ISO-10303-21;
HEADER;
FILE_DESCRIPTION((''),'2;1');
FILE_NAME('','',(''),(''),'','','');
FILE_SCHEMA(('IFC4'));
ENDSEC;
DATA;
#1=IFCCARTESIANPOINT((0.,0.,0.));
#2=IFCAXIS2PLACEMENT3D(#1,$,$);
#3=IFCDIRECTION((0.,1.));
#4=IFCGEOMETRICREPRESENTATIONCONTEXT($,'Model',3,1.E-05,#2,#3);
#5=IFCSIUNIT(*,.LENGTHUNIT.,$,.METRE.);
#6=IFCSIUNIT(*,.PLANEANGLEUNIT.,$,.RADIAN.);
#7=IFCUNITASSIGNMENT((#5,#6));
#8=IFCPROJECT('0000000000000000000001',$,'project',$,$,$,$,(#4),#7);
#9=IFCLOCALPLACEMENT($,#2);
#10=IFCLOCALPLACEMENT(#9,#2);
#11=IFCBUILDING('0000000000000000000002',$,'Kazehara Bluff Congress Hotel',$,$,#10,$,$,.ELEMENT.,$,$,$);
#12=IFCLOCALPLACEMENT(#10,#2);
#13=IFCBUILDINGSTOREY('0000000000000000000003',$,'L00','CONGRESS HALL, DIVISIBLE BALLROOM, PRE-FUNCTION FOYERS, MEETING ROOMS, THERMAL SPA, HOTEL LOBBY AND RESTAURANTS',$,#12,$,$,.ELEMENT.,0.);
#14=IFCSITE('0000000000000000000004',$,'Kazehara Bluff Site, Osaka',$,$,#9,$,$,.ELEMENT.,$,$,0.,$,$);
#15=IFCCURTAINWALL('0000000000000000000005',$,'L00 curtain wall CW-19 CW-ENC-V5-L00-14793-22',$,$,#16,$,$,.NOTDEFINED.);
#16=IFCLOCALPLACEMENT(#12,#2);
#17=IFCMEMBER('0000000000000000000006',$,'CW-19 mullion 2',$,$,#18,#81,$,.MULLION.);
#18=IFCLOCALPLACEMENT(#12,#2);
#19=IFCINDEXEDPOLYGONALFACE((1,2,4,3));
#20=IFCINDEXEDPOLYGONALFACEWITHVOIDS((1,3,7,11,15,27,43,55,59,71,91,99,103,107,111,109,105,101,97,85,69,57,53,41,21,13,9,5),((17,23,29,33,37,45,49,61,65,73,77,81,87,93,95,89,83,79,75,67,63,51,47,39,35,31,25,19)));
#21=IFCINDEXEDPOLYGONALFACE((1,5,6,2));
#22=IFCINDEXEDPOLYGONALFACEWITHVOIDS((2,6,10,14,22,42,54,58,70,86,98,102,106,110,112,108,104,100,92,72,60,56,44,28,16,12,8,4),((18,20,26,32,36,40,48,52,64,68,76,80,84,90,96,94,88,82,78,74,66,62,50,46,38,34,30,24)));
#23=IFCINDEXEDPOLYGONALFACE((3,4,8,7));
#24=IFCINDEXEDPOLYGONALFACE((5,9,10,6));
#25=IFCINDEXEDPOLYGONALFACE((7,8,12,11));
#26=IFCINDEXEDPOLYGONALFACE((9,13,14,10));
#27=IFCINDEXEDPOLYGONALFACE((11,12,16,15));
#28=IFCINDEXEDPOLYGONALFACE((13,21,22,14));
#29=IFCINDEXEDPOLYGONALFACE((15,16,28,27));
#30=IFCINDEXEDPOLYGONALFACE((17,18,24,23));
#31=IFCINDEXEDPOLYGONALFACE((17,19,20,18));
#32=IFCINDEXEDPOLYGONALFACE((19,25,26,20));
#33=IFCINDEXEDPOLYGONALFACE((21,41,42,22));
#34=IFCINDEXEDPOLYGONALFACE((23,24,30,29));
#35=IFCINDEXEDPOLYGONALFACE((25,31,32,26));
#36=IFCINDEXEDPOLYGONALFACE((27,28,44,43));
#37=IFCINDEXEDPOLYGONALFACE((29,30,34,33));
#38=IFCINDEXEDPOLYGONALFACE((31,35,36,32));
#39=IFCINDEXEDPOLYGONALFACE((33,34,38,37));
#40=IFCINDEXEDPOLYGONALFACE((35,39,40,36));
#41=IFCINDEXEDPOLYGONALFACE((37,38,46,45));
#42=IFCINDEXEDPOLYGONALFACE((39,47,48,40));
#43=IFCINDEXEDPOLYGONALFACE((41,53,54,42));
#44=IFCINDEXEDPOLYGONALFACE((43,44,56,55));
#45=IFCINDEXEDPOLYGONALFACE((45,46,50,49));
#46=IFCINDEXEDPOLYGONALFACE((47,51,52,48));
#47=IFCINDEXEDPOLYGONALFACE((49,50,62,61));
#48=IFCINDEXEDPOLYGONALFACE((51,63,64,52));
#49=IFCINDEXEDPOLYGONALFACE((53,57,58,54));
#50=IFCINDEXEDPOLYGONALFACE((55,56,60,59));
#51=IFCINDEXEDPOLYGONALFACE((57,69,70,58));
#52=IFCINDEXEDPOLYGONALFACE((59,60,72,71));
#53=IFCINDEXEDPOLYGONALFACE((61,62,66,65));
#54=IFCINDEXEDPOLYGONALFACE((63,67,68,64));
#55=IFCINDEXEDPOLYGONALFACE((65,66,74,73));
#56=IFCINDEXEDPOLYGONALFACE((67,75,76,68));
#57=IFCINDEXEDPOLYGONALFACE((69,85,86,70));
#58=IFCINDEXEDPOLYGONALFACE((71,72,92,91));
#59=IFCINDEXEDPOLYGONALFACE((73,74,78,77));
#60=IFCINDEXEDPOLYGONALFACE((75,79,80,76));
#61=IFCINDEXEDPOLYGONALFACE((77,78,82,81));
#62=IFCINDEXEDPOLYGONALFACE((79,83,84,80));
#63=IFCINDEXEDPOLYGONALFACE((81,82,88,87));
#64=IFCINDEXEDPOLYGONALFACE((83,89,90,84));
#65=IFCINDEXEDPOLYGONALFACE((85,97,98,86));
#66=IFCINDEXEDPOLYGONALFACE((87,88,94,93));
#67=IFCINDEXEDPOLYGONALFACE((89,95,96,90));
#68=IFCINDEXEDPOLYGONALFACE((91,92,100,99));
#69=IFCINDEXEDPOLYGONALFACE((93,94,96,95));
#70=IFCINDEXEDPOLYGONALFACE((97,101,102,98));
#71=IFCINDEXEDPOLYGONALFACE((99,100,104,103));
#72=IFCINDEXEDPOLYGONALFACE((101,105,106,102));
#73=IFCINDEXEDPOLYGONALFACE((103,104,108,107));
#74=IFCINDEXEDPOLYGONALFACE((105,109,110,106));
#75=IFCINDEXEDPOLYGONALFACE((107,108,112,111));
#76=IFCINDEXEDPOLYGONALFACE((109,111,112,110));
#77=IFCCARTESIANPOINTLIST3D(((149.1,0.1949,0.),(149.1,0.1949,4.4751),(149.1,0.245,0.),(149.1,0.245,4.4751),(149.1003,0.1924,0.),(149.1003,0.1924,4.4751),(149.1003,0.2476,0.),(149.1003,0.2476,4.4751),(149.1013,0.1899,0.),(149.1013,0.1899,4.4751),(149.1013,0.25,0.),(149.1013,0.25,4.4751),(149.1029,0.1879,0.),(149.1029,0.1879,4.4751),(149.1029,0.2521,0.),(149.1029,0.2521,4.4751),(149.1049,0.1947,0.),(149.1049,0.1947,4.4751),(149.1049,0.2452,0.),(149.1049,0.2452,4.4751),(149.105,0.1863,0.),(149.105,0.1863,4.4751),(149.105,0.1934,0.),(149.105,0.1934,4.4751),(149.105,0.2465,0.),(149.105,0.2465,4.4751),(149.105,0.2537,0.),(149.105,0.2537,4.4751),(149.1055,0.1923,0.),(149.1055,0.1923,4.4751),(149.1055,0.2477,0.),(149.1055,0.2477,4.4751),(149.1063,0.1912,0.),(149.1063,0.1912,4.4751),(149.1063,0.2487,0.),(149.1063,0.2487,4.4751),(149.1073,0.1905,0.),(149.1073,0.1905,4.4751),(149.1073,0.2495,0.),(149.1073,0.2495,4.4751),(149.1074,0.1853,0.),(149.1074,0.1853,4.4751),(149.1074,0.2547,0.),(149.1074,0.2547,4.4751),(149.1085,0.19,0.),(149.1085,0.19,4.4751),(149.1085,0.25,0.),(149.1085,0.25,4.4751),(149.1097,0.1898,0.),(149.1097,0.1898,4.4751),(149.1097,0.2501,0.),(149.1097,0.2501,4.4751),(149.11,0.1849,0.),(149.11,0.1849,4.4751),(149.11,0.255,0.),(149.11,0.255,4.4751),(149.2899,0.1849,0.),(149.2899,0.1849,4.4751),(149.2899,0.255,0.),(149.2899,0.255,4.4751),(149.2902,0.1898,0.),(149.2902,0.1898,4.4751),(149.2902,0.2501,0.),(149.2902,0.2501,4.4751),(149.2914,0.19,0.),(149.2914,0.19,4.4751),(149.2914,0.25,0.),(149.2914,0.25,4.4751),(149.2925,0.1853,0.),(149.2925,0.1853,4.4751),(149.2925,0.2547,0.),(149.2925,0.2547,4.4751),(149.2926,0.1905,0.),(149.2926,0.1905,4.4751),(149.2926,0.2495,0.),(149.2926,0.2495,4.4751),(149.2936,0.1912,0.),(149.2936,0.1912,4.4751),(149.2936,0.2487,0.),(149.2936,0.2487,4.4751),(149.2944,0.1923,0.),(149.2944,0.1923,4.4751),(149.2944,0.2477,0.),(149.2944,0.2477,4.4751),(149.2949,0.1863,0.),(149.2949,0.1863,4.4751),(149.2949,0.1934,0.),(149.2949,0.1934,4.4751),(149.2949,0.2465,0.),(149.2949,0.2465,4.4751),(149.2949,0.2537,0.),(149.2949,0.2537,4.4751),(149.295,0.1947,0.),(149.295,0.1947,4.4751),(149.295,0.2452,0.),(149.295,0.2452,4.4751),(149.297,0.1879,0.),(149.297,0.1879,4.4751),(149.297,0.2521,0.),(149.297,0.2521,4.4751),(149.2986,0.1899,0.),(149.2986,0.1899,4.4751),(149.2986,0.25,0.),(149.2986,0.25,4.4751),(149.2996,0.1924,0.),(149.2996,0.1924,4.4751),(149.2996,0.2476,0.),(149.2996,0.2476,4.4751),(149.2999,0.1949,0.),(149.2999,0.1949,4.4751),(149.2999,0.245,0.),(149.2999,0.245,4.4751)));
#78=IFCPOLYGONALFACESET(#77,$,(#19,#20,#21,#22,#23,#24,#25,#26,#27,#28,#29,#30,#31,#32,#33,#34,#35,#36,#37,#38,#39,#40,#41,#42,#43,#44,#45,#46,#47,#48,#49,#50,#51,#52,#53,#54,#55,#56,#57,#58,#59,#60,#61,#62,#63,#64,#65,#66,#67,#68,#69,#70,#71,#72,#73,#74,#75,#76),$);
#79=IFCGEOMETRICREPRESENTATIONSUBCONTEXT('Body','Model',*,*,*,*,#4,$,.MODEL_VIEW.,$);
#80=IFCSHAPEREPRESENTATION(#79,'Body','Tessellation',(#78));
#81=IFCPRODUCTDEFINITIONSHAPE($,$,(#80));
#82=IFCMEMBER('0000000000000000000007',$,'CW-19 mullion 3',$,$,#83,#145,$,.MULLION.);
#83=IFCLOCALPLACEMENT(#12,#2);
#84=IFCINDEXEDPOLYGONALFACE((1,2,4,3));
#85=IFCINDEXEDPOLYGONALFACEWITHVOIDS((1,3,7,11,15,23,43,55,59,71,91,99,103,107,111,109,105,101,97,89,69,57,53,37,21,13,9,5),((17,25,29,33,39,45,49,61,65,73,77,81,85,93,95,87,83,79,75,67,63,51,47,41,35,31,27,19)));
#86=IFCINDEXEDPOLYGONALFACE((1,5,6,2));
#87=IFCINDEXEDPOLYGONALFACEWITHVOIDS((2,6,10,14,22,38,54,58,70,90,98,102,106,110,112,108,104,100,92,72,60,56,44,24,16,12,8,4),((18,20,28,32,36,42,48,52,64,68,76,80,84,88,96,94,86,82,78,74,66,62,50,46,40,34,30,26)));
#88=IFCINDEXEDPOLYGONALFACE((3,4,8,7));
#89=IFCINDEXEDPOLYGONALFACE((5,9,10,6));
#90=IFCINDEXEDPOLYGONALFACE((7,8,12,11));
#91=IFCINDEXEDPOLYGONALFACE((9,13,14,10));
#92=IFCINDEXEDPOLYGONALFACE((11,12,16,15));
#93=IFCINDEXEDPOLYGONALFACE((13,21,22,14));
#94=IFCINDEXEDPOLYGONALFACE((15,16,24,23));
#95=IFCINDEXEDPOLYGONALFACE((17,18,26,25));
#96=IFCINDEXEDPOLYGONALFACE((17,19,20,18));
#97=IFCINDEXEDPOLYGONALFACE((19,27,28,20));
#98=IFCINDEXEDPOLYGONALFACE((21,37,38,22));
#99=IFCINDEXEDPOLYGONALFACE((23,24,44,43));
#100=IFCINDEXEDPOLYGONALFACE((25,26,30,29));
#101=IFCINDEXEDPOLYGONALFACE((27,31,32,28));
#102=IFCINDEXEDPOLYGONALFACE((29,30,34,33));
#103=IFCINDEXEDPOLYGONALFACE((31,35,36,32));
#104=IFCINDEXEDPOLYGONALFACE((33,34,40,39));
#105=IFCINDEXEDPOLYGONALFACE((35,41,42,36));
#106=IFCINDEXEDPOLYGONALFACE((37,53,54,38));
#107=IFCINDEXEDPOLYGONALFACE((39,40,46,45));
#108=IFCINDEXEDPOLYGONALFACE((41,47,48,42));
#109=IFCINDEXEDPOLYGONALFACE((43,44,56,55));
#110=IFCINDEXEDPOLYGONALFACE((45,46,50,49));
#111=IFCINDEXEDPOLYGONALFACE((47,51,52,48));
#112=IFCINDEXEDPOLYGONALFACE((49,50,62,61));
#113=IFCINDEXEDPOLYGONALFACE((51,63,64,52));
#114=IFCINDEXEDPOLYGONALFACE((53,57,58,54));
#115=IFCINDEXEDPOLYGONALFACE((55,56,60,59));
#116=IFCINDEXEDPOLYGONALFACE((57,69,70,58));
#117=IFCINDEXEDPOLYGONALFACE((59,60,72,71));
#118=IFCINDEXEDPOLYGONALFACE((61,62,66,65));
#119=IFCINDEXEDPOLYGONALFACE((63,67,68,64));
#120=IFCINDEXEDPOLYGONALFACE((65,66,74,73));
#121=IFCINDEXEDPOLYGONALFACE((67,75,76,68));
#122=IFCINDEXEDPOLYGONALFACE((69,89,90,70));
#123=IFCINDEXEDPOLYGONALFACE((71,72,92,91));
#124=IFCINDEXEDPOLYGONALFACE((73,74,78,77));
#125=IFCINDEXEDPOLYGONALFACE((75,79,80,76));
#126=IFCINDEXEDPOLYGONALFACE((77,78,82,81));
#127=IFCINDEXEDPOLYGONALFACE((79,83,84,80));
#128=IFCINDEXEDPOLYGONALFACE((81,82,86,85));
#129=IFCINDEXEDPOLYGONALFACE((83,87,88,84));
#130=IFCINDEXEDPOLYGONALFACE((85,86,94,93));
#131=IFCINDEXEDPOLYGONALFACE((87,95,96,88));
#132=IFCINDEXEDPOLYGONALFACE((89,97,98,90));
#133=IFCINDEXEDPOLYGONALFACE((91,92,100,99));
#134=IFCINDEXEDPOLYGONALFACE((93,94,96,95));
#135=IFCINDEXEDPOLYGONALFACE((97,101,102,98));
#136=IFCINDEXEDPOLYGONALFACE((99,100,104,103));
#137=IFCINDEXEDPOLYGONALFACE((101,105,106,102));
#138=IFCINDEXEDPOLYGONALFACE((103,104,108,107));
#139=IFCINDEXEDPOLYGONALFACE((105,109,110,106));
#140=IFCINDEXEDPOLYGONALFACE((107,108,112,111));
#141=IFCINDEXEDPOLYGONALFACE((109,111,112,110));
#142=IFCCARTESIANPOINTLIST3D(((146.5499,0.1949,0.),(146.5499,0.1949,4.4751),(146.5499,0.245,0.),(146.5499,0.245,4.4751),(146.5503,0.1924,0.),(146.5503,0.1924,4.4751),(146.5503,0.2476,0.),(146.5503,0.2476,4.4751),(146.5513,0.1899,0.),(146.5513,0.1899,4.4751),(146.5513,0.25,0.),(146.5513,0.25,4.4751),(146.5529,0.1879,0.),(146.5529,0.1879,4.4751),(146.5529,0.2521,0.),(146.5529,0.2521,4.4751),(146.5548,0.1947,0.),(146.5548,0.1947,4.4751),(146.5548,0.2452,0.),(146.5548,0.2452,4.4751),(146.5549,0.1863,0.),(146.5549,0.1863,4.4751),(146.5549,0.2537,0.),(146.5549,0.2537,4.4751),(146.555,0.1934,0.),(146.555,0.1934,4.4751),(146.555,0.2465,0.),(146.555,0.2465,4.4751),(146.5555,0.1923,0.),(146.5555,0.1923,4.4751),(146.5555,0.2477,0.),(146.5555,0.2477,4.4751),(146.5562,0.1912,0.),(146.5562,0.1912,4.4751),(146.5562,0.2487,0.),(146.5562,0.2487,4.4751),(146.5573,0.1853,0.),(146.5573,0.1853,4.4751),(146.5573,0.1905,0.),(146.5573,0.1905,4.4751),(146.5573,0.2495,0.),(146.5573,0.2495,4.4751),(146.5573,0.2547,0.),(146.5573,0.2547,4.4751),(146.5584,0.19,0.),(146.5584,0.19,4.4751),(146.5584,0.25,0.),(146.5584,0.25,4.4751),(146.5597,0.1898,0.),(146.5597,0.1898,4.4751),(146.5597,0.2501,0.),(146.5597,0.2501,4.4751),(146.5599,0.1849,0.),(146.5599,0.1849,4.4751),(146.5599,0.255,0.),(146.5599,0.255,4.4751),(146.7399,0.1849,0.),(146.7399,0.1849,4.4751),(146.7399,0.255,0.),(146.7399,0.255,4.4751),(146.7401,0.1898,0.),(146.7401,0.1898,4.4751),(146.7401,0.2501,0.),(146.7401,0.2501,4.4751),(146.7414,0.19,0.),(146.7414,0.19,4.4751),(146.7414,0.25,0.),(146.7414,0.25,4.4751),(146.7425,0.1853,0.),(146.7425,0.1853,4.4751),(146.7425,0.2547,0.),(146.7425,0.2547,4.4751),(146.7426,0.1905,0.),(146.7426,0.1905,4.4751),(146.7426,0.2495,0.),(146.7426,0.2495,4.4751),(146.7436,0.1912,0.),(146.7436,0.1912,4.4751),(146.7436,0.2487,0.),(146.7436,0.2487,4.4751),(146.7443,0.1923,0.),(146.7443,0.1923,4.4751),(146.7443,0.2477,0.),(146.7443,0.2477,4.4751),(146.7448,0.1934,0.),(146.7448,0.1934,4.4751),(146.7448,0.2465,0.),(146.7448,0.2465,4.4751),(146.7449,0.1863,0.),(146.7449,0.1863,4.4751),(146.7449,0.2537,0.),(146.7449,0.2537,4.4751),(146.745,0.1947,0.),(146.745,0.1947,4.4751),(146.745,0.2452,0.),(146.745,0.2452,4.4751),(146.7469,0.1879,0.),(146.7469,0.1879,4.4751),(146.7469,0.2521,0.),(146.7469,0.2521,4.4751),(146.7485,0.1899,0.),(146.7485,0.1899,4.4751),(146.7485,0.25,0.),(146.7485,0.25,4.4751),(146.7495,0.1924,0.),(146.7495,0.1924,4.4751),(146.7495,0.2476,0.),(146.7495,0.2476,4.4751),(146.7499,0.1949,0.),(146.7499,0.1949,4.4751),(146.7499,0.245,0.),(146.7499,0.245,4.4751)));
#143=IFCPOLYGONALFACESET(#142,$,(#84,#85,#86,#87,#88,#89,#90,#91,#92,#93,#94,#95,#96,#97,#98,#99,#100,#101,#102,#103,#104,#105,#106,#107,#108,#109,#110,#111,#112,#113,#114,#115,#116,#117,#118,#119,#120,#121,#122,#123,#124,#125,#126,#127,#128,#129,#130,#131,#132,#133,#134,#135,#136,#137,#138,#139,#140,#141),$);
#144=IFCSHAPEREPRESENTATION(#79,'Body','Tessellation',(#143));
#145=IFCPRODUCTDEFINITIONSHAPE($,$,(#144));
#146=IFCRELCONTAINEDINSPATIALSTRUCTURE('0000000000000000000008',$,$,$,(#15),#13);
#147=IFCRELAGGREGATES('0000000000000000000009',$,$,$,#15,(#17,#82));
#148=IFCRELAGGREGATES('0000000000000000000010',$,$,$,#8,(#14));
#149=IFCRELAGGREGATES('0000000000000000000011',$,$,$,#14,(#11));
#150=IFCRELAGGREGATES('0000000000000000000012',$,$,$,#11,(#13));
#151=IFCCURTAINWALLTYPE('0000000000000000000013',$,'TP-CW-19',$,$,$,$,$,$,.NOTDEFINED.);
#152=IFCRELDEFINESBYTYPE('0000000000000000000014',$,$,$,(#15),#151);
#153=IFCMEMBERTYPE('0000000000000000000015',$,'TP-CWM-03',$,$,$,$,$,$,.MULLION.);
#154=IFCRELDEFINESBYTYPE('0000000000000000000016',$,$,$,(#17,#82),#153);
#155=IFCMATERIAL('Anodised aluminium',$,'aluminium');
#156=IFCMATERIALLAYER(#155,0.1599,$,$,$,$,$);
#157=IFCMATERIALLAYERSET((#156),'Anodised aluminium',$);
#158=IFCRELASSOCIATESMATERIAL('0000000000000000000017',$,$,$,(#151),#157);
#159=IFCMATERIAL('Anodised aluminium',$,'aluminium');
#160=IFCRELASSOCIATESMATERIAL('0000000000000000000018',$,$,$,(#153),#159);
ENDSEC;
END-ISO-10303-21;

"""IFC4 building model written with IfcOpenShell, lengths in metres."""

from ifc_helpers import new_model, si_unit, direction, frame, origin, origin_2d, place, context, subcontext, project, spatial, hollow_rectangle, extrude, material, layer, layer_set, material_profile, profile_set, type_object, element, aggregate, save


model = new_model("IFC4")

# Units and contexts
model_context = context("Model", 3, precision=1e-05, world=origin(), true_north=direction((0.0, 1.0)))
body_context = subcontext(model_context, "Body", "Model", "MODEL_VIEW")
ifc_project = project(units=[si_unit("LENGTHUNIT", "METRE"), si_unit("PLANEANGLEUNIT", "RADIAN")], contexts=[model_context])

# Site, building, storey
site_placement = place(None, origin())
site = spatial("IfcSite", under=ifc_project, at=site_placement, Name="Kazehara Bluff Site, Osaka", CompositionType="ELEMENT", RefElevation=0.0)
building_placement = place(site_placement, origin())
building = spatial("IfcBuilding", under=site, at=building_placement, Name="Kazehara Bluff Congress Hotel", CompositionType="ELEMENT")
storey_placement = place(building_placement, origin())
storey = spatial("IfcBuildingStorey", under=building, at=storey_placement, Name="L00", Description="CONGRESS HALL, DIVISIBLE BALLROOM, PRE-FUNCTION FOYERS, MEETING ROOMS, THERMAL SPA, HOTEL LOBBY AND RESTAURANTS", CompositionType="ELEMENT", Elevation=0.0)

# Curtain wall, members
ifc_material_1 = material(Name="Anodised aluminium", Category="aluminium")
ifc_layer_1 = layer(ifc_material_1, 0.1599)
ifc_layer_set_1 = layer_set([ifc_layer_1], Name="Anodised aluminium")
curtain_wall_type = type_object("IfcCurtainWallType", Name="TP-CW-19", PredefinedType="NOTDEFINED", material=ifc_layer_set_1)
curtain_wall_placement = place(storey_placement, origin())
curtain_wall = element("IfcCurtainWall", 1, at=curtain_wall_placement, inside=storey, type_object=curtain_wall_type, Name="L00 curtain wall CW-19 CW-ENC-V5-L00-14793-22", PredefinedType="NOTDEFINED")
ifc_material_2 = material(Name="Anodised aluminium", Category="aluminium")
ifc_material_profile_1 = material_profile(ifc_material_2, hollow_rectangle(XDim=0.0701, YDim=0.2, WallThickness=0.0049, InnerFilletRadius=0.0049, OuterFilletRadius=0.01, at=origin_2d()))
ifc_profile_set_1 = profile_set([ifc_material_profile_1], Name="Anodised aluminium")
member_type_1 = type_object("IfcMemberType", Name="TP-CWM-03", PredefinedType="MULLION", material=ifc_profile_set_1)
member_1_placement = place(storey_placement, frame((149.2, 0.22, 0.0), z_axis=(0.0, 0.0, 1.0), x_axis=(0.0, -1.0, 0.0)))
member_1 = element("IfcMember", 2, at=member_1_placement, type_object=member_type_1, Name="CW-19 mullion 2", PredefinedType="MULLION", context=body_context, shape_type="SweptSolid", body=[
    extrude(hollow_rectangle(XDim=0.0701, YDim=0.2, WallThickness=0.0049, InnerFilletRadius=0.0049, OuterFilletRadius=0.01, at=origin_2d()), origin(), (0.0, 0.0, 1.0), 4.4751),
])
member_2_placement = place(storey_placement, frame((146.6499, 0.22, 0.0), z_axis=(0.0, 0.0, 1.0), x_axis=(0.0, -1.0, 0.0)))
member_2 = element("IfcMember", 3, at=member_2_placement, type_object=member_type_1, Name="CW-19 mullion 3", PredefinedType="MULLION", context=body_context, shape_type="SweptSolid", body=[
    extrude(hollow_rectangle(XDim=0.0701, YDim=0.2, WallThickness=0.0049, InnerFilletRadius=0.0049, OuterFilletRadius=0.01, at=origin_2d()), origin(), (0.0, 0.0, 1.0), 4.4751),
])

aggregate(curtain_wall, [member_1, member_2])

save(model, "model.ifc")
